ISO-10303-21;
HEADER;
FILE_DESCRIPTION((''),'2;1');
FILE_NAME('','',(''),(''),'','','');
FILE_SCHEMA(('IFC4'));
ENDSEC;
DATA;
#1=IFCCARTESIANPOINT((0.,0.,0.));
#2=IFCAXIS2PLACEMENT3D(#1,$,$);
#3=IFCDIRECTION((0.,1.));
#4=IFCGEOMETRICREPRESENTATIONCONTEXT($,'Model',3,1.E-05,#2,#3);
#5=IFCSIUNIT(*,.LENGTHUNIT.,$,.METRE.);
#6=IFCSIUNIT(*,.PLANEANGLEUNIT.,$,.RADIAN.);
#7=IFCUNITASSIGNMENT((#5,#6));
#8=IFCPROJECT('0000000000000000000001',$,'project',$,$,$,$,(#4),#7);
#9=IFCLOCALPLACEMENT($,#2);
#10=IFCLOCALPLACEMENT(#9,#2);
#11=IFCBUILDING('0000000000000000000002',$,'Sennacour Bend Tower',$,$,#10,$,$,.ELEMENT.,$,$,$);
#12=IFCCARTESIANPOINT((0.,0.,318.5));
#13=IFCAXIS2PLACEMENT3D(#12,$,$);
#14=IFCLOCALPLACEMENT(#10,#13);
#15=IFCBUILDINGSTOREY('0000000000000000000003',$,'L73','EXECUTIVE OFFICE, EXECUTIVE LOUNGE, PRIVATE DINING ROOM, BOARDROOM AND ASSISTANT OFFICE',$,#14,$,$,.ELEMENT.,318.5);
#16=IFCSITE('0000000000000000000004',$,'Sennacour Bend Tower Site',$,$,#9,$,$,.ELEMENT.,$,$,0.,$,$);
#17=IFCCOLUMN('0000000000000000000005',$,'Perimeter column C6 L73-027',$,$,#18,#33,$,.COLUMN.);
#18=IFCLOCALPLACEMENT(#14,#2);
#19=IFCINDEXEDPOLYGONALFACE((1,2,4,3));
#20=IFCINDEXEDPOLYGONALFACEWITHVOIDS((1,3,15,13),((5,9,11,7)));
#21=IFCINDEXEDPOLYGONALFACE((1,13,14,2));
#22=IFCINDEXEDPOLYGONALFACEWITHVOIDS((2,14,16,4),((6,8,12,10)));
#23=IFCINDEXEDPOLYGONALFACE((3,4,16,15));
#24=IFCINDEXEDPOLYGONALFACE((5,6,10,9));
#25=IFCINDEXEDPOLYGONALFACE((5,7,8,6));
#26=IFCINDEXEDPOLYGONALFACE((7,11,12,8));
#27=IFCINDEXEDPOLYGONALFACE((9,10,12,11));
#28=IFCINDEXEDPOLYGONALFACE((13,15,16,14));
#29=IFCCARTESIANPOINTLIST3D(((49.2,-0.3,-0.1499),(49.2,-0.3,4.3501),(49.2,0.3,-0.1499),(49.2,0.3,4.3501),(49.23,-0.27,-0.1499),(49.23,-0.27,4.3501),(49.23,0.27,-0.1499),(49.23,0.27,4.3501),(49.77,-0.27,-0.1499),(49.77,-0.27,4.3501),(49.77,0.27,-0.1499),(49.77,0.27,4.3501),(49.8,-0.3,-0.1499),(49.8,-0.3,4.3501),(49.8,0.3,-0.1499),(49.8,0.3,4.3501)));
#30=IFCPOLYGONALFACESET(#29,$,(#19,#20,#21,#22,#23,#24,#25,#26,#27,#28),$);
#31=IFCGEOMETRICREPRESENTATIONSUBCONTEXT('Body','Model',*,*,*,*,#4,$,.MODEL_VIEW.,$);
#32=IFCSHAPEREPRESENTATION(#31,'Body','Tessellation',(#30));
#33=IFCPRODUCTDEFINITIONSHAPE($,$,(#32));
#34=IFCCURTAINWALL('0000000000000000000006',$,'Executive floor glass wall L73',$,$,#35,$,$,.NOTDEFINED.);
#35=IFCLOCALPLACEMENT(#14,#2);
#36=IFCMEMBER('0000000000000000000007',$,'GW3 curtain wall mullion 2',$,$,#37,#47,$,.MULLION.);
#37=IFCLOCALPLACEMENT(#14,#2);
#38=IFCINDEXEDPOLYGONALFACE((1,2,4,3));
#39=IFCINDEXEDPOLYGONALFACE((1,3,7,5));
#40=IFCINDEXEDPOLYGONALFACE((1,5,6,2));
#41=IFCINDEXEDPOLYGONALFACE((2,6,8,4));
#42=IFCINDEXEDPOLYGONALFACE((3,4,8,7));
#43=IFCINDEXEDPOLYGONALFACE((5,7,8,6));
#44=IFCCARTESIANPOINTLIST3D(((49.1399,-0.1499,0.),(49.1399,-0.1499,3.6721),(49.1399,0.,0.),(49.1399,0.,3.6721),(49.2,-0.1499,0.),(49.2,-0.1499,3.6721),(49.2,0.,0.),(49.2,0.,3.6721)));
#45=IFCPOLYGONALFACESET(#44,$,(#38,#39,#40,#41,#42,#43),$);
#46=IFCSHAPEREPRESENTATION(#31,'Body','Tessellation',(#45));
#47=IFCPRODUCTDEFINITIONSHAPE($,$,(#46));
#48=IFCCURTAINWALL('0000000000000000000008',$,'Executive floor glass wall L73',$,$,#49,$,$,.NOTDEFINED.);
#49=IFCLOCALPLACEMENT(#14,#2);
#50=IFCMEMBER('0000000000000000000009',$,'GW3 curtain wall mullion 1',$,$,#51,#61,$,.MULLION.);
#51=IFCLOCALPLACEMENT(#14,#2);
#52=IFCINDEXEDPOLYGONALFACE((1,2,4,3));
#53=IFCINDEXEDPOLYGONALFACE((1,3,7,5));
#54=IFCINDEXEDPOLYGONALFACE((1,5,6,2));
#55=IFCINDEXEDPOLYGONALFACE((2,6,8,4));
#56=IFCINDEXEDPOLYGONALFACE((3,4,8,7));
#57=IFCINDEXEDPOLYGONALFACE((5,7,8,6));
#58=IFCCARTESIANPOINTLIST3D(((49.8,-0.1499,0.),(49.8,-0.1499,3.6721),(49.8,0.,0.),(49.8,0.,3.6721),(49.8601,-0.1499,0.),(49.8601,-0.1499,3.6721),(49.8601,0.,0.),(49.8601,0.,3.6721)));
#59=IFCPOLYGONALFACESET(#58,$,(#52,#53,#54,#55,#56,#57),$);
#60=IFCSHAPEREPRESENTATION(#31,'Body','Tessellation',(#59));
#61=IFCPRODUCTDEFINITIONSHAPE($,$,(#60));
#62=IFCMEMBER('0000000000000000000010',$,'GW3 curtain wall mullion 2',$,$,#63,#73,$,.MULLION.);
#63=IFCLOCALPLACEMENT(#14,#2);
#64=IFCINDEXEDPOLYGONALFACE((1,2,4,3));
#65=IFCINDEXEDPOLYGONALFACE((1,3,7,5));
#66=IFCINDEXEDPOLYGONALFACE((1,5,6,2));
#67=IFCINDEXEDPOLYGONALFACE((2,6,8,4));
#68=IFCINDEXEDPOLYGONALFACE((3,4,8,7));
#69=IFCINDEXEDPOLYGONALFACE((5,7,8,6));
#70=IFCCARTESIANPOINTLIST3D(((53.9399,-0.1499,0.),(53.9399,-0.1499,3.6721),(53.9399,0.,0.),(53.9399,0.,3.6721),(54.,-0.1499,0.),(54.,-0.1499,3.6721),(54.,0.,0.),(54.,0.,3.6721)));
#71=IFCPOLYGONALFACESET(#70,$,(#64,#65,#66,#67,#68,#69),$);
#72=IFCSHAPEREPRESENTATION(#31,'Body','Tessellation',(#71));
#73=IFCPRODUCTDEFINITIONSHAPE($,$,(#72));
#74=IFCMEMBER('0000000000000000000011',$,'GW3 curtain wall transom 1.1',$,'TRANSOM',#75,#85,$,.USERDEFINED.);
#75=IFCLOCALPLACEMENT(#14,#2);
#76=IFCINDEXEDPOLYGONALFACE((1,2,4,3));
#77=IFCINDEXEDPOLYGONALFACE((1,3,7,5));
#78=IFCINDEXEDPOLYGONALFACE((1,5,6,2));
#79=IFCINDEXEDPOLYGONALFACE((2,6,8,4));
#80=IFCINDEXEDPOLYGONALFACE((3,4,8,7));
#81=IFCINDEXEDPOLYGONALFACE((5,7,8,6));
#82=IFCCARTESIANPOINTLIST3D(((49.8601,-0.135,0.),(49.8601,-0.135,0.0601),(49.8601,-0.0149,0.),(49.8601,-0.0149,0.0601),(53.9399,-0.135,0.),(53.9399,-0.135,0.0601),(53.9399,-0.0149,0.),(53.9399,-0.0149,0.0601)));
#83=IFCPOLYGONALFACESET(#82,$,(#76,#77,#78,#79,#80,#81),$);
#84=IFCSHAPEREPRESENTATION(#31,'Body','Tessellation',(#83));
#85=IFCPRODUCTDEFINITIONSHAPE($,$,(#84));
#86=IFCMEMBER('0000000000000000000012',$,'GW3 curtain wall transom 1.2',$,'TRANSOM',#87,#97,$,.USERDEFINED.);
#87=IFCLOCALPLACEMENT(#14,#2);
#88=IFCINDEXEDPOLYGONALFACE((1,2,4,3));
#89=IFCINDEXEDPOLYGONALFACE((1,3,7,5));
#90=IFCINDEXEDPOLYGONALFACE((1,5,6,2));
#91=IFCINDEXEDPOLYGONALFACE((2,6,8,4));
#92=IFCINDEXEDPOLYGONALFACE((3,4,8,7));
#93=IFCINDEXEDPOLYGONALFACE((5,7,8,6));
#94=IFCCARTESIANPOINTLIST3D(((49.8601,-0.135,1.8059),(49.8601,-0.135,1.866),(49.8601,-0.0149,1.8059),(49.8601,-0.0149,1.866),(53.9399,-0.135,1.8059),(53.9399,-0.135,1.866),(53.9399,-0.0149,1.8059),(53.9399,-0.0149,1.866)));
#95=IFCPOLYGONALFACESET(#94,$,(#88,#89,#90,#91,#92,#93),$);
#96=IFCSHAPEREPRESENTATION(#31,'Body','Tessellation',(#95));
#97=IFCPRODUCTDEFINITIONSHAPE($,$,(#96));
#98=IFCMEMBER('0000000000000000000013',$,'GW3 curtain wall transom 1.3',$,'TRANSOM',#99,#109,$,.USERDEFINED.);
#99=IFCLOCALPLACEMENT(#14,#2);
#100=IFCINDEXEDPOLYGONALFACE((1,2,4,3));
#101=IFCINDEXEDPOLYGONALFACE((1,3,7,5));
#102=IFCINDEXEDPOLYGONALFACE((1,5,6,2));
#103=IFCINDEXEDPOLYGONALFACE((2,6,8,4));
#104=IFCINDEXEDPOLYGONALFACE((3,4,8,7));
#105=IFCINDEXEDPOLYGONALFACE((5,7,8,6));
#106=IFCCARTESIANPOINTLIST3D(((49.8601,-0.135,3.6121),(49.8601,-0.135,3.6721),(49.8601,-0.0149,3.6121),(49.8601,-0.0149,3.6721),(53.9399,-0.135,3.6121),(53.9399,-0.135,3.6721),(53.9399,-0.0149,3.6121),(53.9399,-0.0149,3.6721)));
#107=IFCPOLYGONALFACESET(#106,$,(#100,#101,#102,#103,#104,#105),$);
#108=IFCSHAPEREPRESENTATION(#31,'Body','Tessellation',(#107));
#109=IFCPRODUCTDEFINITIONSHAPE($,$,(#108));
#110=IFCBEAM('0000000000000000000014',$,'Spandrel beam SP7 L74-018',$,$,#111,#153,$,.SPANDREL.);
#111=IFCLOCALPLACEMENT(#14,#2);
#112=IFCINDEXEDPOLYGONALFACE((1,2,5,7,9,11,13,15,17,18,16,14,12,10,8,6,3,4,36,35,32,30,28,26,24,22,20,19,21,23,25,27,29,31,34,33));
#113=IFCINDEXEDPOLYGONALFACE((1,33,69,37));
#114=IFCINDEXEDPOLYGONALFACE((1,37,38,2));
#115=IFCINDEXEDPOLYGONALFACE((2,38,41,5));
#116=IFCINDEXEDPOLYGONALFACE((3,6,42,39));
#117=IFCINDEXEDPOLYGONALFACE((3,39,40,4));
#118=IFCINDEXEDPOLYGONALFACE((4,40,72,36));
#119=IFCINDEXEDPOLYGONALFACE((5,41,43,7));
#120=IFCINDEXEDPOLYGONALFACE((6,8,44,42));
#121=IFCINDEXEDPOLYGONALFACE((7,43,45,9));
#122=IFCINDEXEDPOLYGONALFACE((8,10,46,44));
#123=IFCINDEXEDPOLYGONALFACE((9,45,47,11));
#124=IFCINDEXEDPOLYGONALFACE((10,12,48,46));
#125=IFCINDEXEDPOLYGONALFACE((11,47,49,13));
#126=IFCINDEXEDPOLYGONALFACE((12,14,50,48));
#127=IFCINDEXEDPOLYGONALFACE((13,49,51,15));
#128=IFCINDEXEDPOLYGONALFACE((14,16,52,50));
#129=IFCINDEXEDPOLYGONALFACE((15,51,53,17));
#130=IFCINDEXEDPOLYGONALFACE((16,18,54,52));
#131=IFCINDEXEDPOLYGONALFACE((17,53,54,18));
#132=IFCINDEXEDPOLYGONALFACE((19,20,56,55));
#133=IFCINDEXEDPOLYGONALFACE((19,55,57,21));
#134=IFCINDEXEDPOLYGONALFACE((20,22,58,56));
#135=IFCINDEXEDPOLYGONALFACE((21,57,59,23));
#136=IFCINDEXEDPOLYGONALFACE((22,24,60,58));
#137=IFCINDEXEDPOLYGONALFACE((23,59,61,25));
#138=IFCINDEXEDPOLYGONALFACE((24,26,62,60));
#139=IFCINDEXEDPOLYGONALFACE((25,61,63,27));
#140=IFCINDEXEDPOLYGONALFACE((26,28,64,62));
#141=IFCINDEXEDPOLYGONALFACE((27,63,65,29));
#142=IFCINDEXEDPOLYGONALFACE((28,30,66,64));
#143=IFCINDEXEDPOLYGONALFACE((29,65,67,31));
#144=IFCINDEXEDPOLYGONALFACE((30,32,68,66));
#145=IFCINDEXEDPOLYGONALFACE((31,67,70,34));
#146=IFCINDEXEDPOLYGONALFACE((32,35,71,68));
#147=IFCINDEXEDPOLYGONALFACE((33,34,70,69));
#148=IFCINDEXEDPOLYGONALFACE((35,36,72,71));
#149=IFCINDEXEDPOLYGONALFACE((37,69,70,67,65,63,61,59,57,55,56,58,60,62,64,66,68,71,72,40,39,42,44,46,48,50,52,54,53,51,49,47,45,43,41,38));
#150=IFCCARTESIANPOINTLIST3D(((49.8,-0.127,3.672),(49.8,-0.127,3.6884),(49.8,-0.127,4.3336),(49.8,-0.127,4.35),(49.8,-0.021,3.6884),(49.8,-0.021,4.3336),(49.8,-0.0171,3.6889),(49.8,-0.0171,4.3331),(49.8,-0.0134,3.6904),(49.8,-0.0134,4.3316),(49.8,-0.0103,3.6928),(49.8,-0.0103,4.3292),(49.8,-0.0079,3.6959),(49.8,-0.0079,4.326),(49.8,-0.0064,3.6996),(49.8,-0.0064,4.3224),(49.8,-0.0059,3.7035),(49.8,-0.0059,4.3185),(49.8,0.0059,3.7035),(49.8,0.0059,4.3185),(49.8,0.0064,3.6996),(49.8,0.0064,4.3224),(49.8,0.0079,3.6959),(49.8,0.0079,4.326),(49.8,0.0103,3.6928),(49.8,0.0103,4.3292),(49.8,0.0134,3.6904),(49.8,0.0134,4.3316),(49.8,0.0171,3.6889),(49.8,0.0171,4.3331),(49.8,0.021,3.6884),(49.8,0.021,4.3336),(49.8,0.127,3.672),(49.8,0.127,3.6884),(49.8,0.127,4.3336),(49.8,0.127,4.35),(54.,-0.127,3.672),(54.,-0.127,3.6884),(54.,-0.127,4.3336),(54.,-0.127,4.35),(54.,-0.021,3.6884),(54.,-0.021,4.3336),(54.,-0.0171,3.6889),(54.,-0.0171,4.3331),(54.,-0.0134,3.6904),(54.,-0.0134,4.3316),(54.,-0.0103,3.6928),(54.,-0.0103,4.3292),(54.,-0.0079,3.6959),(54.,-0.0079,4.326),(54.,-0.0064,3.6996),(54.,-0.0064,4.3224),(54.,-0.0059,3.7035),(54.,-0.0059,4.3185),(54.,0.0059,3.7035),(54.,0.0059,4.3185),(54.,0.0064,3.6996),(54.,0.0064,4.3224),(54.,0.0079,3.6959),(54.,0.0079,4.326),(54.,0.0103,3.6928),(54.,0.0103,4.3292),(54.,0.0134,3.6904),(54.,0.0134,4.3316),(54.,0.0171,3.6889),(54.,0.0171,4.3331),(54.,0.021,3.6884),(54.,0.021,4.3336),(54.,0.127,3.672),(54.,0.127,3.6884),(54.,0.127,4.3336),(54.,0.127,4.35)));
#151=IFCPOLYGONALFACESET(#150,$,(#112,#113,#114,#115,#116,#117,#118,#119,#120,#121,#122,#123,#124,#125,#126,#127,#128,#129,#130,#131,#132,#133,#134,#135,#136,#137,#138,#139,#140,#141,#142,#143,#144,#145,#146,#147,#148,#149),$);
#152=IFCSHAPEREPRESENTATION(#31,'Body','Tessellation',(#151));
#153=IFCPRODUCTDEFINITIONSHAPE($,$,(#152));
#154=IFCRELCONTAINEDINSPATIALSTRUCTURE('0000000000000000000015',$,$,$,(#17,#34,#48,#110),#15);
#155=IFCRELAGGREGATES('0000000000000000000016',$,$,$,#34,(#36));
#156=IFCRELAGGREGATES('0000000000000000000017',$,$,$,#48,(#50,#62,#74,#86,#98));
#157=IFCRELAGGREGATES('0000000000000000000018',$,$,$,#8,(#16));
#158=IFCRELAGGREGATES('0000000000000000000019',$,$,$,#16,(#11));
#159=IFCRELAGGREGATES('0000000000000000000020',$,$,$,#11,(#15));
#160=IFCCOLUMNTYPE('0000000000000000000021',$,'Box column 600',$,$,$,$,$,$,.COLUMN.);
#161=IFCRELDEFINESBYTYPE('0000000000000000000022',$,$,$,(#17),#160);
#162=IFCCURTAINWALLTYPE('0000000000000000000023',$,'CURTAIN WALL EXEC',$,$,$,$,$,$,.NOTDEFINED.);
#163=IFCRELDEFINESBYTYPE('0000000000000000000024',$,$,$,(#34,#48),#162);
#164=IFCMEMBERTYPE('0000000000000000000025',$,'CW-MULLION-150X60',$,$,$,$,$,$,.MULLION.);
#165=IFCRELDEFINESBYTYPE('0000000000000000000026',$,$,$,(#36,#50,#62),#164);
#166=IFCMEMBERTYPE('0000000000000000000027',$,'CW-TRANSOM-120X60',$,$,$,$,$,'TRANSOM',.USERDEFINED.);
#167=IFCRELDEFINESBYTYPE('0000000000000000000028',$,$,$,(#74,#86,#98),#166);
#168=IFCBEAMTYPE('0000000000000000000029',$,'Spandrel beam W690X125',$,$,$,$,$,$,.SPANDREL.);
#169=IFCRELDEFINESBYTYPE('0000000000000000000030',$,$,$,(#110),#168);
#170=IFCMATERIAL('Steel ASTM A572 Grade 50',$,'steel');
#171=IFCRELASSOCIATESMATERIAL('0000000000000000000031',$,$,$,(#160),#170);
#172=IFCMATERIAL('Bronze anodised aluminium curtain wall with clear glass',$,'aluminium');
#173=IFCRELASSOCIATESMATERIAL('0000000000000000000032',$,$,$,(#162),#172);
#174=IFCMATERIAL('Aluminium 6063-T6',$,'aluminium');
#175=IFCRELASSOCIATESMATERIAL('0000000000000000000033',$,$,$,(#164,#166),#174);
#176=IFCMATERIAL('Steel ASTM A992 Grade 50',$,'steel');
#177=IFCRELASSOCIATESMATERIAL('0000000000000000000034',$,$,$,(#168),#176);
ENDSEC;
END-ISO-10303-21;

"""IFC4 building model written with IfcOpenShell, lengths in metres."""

from ifc_helpers import new_model, si_unit, direction, frame, origin, origin_2d, place, context, subcontext, project, spatial, rectangle, hollow_rectangle, i_section, extrude, material, material_profile, profile_set, type_object, element, aggregate, save


model = new_model("IFC4")

# Units and contexts
model_context = context("Model", 3, precision=1e-05, world=origin(), true_north=direction((0.0, 1.0)))
body_context = subcontext(model_context, "Body", "Model", "MODEL_VIEW")
ifc_project = project(units=[si_unit("LENGTHUNIT", "METRE"), si_unit("PLANEANGLEUNIT", "RADIAN")], contexts=[model_context])

# Site, building, storey
site_placement = place(None, origin())
site = spatial("IfcSite", under=ifc_project, at=site_placement, Name="Sennacour Bend Tower Site", CompositionType="ELEMENT", RefElevation=0.0)
building_placement = place(site_placement, origin())
building = spatial("IfcBuilding", under=site, at=building_placement, Name="Sennacour Bend Tower", CompositionType="ELEMENT")
storey_placement = place(building_placement, frame((0.0, 0.0, 318.5)))
storey = spatial("IfcBuildingStorey", under=building, at=storey_placement, Name="L73", Description="EXECUTIVE OFFICE, EXECUTIVE LOUNGE, PRIVATE DINING ROOM, BOARDROOM AND ASSISTANT OFFICE", CompositionType="ELEMENT", Elevation=318.5)

# Column
ifc_material_1 = material(Name="Steel ASTM A572 Grade 50", Category="steel")
ifc_material_profile_1 = material_profile(ifc_material_1, hollow_rectangle(XDim=0.6001, YDim=0.6001, WallThickness=0.03, at=origin_2d()), Name="Steel ASTM A572 Grade 50", Category="steel")
ifc_profile_set_1 = profile_set([ifc_material_profile_1], Name="Steel ASTM A572 Grade 50")
column_type = type_object("IfcColumnType", Name="Box column 600", PredefinedType="COLUMN", material=ifc_profile_set_1)
column_placement = place(storey_placement, frame((49.5, 0.0, -0.1499), z_axis=(0.0, 0.0, 1.0), x_axis=(1.0, 0.0, 0.0)))
element("IfcColumn", 1, at=column_placement, inside=storey, type_object=column_type, Name="Perimeter column C6 L73-027", PredefinedType="COLUMN", context=body_context, shape_type="SweptSolid", body=[
    extrude(hollow_rectangle(XDim=0.6001, YDim=0.6001, WallThickness=0.03, at=origin_2d()), origin(), (0.0, 0.0, 1.0), 4.5),
])

# Curtain wall, member
ifc_material_2 = material(Name="Bronze anodised aluminium curtain wall with clear glass", Category="aluminium")
curtain_wall_type = type_object("IfcCurtainWallType", Name="CURTAIN WALL EXEC", PredefinedType="NOTDEFINED", material=ifc_material_2)
curtain_wall_1_placement = place(storey_placement, origin())
curtain_wall_1 = element("IfcCurtainWall", 2, at=curtain_wall_1_placement, inside=storey, type_object=curtain_wall_type, Name="Executive floor glass wall L73", PredefinedType="NOTDEFINED")
ifc_material_3 = material(Name="Aluminium 6063-T6", Category="aluminium")
ifc_material_profile_2 = material_profile(ifc_material_3, rectangle(XDim=0.1499, YDim=0.0601, at=origin_2d()), Name="Aluminium 6063-T6", Category="aluminium")
ifc_profile_set_2 = profile_set([ifc_material_profile_2], Name="Aluminium 6063-T6")
member_type_1 = type_object("IfcMemberType", Name="CW-MULLION-150X60", PredefinedType="MULLION", material=ifc_profile_set_2)
member_1_placement = place(storey_placement, frame((49.1699, -0.075, 0.0), z_axis=(0.0, 0.0, 1.0), x_axis=(0.0, 1.0, 0.0)))
member_1 = element("IfcMember", 3, at=member_1_placement, type_object=member_type_1, Name="GW3 curtain wall mullion 2", PredefinedType="MULLION", context=body_context, shape_type="SweptSolid", body=[
    extrude(rectangle(XDim=0.1499, YDim=0.0601, at=origin_2d()), origin(), (0.0, 0.0, 1.0), 3.6721),
])

# Curtain wall, members
curtain_wall_2_placement = place(storey_placement, origin())
curtain_wall_2 = element("IfcCurtainWall", 4, at=curtain_wall_2_placement, inside=storey, type_object=curtain_wall_type, Name="Executive floor glass wall L73", PredefinedType="NOTDEFINED")
member_2_placement = place(storey_placement, frame((49.8301, -0.075, 0.0), z_axis=(0.0, 0.0, 1.0), x_axis=(0.0, 1.0, 0.0)))
member_2 = element("IfcMember", 5, at=member_2_placement, type_object=member_type_1, Name="GW3 curtain wall mullion 1", PredefinedType="MULLION", context=body_context, shape_type="SweptSolid", body=[
    extrude(rectangle(XDim=0.1499, YDim=0.0601, at=origin_2d()), origin(), (0.0, 0.0, 1.0), 3.6721),
])
member_3_placement = place(storey_placement, frame((53.97, -0.075, 0.0), z_axis=(0.0, 0.0, 1.0), x_axis=(0.0, 1.0, 0.0)))
member_3 = element("IfcMember", 6, at=member_3_placement, type_object=member_type_1, Name="GW3 curtain wall mullion 2", PredefinedType="MULLION", context=body_context, shape_type="SweptSolid", body=[
    extrude(rectangle(XDim=0.1499, YDim=0.0601, at=origin_2d()), origin(), (0.0, 0.0, 1.0), 3.6721),
])
ifc_material_profile_3 = material_profile(ifc_material_3, rectangle(XDim=0.1201, YDim=0.0601, at=origin_2d()), Name="Aluminium 6063-T6", Category="aluminium")
ifc_profile_set_3 = profile_set([ifc_material_profile_3], Name="Aluminium 6063-T6")
member_type_2 = type_object("IfcMemberType", Name="CW-TRANSOM-120X60", ElementType="TRANSOM", PredefinedType="USERDEFINED", material=ifc_profile_set_3)
member_4_placement = place(storey_placement, frame((49.8601, -0.075, 0.03), z_axis=(1.0, 0.0, 0.0), x_axis=(0.0, 1.0, 0.0)))
member_4 = element("IfcMember", 7, at=member_4_placement, type_object=member_type_2, Name="GW3 curtain wall transom 1.1", ObjectType="TRANSOM", PredefinedType="USERDEFINED", context=body_context, shape_type="SweptSolid", body=[
    extrude(rectangle(XDim=0.1201, YDim=0.0601, at=origin_2d()), origin(), (0.0, 0.0, 1.0), 4.0798),
])
member_5_placement = place(storey_placement, frame((49.8601, -0.075, 1.8359), z_axis=(1.0, 0.0, 0.0), x_axis=(0.0, 1.0, 0.0)))
member_5 = element("IfcMember", 8, at=member_5_placement, type_object=member_type_2, Name="GW3 curtain wall transom 1.2", ObjectType="TRANSOM", PredefinedType="USERDEFINED", context=body_context, shape_type="SweptSolid", body=[
    extrude(rectangle(XDim=0.1201, YDim=0.0601, at=origin_2d()), origin(), (0.0, 0.0, 1.0), 4.0798),
])
member_6_placement = place(storey_placement, frame((49.8601, -0.075, 3.6421), z_axis=(1.0, 0.0, 0.0), x_axis=(0.0, 1.0, 0.0)))
member_6 = element("IfcMember", 9, at=member_6_placement, type_object=member_type_2, Name="GW3 curtain wall transom 1.3", ObjectType="TRANSOM", PredefinedType="USERDEFINED", context=body_context, shape_type="SweptSolid", body=[
    extrude(rectangle(XDim=0.1201, YDim=0.0601, at=origin_2d()), origin(), (0.0, 0.0, 1.0), 4.0798),
])

# Beam
ifc_material_4 = material(Name="Steel ASTM A992 Grade 50", Category="steel")
ifc_material_profile_4 = material_profile(ifc_material_4, i_section(OverallWidth=0.2539, OverallDepth=0.678, WebThickness=0.0117, FlangeThickness=0.0164, FilletRadius=0.0151, at=origin_2d()), Name="Steel ASTM A992 Grade 50", Category="steel")
ifc_profile_set_4 = profile_set([ifc_material_profile_4], Name="Steel ASTM A992 Grade 50")
beam_type = type_object("IfcBeamType", Name="Spandrel beam W690X125", PredefinedType="SPANDREL", material=ifc_profile_set_4)
beam_1_placement = place(storey_placement, frame((54.0, 0.0, 4.011), z_axis=(-1.0, 0.0, 0.0), x_axis=(0.0, -1.0, 0.0)))
element("IfcBeam", 10, at=beam_1_placement, inside=storey, type_object=beam_type, Name="Spandrel beam SP7 L74-018", PredefinedType="SPANDREL", context=body_context, shape_type="SweptSolid", body=[
    extrude(i_section(OverallWidth=0.2539, OverallDepth=0.678, WebThickness=0.0117, FlangeThickness=0.0164, FilletRadius=0.0151, at=origin_2d()), origin(), (0.0, 0.0, 1.0), 4.2),
])

aggregate(curtain_wall_1, [member_1])
aggregate(curtain_wall_2, [member_2, member_3, member_4, member_5, member_6])

save(model, "model.ifc")
